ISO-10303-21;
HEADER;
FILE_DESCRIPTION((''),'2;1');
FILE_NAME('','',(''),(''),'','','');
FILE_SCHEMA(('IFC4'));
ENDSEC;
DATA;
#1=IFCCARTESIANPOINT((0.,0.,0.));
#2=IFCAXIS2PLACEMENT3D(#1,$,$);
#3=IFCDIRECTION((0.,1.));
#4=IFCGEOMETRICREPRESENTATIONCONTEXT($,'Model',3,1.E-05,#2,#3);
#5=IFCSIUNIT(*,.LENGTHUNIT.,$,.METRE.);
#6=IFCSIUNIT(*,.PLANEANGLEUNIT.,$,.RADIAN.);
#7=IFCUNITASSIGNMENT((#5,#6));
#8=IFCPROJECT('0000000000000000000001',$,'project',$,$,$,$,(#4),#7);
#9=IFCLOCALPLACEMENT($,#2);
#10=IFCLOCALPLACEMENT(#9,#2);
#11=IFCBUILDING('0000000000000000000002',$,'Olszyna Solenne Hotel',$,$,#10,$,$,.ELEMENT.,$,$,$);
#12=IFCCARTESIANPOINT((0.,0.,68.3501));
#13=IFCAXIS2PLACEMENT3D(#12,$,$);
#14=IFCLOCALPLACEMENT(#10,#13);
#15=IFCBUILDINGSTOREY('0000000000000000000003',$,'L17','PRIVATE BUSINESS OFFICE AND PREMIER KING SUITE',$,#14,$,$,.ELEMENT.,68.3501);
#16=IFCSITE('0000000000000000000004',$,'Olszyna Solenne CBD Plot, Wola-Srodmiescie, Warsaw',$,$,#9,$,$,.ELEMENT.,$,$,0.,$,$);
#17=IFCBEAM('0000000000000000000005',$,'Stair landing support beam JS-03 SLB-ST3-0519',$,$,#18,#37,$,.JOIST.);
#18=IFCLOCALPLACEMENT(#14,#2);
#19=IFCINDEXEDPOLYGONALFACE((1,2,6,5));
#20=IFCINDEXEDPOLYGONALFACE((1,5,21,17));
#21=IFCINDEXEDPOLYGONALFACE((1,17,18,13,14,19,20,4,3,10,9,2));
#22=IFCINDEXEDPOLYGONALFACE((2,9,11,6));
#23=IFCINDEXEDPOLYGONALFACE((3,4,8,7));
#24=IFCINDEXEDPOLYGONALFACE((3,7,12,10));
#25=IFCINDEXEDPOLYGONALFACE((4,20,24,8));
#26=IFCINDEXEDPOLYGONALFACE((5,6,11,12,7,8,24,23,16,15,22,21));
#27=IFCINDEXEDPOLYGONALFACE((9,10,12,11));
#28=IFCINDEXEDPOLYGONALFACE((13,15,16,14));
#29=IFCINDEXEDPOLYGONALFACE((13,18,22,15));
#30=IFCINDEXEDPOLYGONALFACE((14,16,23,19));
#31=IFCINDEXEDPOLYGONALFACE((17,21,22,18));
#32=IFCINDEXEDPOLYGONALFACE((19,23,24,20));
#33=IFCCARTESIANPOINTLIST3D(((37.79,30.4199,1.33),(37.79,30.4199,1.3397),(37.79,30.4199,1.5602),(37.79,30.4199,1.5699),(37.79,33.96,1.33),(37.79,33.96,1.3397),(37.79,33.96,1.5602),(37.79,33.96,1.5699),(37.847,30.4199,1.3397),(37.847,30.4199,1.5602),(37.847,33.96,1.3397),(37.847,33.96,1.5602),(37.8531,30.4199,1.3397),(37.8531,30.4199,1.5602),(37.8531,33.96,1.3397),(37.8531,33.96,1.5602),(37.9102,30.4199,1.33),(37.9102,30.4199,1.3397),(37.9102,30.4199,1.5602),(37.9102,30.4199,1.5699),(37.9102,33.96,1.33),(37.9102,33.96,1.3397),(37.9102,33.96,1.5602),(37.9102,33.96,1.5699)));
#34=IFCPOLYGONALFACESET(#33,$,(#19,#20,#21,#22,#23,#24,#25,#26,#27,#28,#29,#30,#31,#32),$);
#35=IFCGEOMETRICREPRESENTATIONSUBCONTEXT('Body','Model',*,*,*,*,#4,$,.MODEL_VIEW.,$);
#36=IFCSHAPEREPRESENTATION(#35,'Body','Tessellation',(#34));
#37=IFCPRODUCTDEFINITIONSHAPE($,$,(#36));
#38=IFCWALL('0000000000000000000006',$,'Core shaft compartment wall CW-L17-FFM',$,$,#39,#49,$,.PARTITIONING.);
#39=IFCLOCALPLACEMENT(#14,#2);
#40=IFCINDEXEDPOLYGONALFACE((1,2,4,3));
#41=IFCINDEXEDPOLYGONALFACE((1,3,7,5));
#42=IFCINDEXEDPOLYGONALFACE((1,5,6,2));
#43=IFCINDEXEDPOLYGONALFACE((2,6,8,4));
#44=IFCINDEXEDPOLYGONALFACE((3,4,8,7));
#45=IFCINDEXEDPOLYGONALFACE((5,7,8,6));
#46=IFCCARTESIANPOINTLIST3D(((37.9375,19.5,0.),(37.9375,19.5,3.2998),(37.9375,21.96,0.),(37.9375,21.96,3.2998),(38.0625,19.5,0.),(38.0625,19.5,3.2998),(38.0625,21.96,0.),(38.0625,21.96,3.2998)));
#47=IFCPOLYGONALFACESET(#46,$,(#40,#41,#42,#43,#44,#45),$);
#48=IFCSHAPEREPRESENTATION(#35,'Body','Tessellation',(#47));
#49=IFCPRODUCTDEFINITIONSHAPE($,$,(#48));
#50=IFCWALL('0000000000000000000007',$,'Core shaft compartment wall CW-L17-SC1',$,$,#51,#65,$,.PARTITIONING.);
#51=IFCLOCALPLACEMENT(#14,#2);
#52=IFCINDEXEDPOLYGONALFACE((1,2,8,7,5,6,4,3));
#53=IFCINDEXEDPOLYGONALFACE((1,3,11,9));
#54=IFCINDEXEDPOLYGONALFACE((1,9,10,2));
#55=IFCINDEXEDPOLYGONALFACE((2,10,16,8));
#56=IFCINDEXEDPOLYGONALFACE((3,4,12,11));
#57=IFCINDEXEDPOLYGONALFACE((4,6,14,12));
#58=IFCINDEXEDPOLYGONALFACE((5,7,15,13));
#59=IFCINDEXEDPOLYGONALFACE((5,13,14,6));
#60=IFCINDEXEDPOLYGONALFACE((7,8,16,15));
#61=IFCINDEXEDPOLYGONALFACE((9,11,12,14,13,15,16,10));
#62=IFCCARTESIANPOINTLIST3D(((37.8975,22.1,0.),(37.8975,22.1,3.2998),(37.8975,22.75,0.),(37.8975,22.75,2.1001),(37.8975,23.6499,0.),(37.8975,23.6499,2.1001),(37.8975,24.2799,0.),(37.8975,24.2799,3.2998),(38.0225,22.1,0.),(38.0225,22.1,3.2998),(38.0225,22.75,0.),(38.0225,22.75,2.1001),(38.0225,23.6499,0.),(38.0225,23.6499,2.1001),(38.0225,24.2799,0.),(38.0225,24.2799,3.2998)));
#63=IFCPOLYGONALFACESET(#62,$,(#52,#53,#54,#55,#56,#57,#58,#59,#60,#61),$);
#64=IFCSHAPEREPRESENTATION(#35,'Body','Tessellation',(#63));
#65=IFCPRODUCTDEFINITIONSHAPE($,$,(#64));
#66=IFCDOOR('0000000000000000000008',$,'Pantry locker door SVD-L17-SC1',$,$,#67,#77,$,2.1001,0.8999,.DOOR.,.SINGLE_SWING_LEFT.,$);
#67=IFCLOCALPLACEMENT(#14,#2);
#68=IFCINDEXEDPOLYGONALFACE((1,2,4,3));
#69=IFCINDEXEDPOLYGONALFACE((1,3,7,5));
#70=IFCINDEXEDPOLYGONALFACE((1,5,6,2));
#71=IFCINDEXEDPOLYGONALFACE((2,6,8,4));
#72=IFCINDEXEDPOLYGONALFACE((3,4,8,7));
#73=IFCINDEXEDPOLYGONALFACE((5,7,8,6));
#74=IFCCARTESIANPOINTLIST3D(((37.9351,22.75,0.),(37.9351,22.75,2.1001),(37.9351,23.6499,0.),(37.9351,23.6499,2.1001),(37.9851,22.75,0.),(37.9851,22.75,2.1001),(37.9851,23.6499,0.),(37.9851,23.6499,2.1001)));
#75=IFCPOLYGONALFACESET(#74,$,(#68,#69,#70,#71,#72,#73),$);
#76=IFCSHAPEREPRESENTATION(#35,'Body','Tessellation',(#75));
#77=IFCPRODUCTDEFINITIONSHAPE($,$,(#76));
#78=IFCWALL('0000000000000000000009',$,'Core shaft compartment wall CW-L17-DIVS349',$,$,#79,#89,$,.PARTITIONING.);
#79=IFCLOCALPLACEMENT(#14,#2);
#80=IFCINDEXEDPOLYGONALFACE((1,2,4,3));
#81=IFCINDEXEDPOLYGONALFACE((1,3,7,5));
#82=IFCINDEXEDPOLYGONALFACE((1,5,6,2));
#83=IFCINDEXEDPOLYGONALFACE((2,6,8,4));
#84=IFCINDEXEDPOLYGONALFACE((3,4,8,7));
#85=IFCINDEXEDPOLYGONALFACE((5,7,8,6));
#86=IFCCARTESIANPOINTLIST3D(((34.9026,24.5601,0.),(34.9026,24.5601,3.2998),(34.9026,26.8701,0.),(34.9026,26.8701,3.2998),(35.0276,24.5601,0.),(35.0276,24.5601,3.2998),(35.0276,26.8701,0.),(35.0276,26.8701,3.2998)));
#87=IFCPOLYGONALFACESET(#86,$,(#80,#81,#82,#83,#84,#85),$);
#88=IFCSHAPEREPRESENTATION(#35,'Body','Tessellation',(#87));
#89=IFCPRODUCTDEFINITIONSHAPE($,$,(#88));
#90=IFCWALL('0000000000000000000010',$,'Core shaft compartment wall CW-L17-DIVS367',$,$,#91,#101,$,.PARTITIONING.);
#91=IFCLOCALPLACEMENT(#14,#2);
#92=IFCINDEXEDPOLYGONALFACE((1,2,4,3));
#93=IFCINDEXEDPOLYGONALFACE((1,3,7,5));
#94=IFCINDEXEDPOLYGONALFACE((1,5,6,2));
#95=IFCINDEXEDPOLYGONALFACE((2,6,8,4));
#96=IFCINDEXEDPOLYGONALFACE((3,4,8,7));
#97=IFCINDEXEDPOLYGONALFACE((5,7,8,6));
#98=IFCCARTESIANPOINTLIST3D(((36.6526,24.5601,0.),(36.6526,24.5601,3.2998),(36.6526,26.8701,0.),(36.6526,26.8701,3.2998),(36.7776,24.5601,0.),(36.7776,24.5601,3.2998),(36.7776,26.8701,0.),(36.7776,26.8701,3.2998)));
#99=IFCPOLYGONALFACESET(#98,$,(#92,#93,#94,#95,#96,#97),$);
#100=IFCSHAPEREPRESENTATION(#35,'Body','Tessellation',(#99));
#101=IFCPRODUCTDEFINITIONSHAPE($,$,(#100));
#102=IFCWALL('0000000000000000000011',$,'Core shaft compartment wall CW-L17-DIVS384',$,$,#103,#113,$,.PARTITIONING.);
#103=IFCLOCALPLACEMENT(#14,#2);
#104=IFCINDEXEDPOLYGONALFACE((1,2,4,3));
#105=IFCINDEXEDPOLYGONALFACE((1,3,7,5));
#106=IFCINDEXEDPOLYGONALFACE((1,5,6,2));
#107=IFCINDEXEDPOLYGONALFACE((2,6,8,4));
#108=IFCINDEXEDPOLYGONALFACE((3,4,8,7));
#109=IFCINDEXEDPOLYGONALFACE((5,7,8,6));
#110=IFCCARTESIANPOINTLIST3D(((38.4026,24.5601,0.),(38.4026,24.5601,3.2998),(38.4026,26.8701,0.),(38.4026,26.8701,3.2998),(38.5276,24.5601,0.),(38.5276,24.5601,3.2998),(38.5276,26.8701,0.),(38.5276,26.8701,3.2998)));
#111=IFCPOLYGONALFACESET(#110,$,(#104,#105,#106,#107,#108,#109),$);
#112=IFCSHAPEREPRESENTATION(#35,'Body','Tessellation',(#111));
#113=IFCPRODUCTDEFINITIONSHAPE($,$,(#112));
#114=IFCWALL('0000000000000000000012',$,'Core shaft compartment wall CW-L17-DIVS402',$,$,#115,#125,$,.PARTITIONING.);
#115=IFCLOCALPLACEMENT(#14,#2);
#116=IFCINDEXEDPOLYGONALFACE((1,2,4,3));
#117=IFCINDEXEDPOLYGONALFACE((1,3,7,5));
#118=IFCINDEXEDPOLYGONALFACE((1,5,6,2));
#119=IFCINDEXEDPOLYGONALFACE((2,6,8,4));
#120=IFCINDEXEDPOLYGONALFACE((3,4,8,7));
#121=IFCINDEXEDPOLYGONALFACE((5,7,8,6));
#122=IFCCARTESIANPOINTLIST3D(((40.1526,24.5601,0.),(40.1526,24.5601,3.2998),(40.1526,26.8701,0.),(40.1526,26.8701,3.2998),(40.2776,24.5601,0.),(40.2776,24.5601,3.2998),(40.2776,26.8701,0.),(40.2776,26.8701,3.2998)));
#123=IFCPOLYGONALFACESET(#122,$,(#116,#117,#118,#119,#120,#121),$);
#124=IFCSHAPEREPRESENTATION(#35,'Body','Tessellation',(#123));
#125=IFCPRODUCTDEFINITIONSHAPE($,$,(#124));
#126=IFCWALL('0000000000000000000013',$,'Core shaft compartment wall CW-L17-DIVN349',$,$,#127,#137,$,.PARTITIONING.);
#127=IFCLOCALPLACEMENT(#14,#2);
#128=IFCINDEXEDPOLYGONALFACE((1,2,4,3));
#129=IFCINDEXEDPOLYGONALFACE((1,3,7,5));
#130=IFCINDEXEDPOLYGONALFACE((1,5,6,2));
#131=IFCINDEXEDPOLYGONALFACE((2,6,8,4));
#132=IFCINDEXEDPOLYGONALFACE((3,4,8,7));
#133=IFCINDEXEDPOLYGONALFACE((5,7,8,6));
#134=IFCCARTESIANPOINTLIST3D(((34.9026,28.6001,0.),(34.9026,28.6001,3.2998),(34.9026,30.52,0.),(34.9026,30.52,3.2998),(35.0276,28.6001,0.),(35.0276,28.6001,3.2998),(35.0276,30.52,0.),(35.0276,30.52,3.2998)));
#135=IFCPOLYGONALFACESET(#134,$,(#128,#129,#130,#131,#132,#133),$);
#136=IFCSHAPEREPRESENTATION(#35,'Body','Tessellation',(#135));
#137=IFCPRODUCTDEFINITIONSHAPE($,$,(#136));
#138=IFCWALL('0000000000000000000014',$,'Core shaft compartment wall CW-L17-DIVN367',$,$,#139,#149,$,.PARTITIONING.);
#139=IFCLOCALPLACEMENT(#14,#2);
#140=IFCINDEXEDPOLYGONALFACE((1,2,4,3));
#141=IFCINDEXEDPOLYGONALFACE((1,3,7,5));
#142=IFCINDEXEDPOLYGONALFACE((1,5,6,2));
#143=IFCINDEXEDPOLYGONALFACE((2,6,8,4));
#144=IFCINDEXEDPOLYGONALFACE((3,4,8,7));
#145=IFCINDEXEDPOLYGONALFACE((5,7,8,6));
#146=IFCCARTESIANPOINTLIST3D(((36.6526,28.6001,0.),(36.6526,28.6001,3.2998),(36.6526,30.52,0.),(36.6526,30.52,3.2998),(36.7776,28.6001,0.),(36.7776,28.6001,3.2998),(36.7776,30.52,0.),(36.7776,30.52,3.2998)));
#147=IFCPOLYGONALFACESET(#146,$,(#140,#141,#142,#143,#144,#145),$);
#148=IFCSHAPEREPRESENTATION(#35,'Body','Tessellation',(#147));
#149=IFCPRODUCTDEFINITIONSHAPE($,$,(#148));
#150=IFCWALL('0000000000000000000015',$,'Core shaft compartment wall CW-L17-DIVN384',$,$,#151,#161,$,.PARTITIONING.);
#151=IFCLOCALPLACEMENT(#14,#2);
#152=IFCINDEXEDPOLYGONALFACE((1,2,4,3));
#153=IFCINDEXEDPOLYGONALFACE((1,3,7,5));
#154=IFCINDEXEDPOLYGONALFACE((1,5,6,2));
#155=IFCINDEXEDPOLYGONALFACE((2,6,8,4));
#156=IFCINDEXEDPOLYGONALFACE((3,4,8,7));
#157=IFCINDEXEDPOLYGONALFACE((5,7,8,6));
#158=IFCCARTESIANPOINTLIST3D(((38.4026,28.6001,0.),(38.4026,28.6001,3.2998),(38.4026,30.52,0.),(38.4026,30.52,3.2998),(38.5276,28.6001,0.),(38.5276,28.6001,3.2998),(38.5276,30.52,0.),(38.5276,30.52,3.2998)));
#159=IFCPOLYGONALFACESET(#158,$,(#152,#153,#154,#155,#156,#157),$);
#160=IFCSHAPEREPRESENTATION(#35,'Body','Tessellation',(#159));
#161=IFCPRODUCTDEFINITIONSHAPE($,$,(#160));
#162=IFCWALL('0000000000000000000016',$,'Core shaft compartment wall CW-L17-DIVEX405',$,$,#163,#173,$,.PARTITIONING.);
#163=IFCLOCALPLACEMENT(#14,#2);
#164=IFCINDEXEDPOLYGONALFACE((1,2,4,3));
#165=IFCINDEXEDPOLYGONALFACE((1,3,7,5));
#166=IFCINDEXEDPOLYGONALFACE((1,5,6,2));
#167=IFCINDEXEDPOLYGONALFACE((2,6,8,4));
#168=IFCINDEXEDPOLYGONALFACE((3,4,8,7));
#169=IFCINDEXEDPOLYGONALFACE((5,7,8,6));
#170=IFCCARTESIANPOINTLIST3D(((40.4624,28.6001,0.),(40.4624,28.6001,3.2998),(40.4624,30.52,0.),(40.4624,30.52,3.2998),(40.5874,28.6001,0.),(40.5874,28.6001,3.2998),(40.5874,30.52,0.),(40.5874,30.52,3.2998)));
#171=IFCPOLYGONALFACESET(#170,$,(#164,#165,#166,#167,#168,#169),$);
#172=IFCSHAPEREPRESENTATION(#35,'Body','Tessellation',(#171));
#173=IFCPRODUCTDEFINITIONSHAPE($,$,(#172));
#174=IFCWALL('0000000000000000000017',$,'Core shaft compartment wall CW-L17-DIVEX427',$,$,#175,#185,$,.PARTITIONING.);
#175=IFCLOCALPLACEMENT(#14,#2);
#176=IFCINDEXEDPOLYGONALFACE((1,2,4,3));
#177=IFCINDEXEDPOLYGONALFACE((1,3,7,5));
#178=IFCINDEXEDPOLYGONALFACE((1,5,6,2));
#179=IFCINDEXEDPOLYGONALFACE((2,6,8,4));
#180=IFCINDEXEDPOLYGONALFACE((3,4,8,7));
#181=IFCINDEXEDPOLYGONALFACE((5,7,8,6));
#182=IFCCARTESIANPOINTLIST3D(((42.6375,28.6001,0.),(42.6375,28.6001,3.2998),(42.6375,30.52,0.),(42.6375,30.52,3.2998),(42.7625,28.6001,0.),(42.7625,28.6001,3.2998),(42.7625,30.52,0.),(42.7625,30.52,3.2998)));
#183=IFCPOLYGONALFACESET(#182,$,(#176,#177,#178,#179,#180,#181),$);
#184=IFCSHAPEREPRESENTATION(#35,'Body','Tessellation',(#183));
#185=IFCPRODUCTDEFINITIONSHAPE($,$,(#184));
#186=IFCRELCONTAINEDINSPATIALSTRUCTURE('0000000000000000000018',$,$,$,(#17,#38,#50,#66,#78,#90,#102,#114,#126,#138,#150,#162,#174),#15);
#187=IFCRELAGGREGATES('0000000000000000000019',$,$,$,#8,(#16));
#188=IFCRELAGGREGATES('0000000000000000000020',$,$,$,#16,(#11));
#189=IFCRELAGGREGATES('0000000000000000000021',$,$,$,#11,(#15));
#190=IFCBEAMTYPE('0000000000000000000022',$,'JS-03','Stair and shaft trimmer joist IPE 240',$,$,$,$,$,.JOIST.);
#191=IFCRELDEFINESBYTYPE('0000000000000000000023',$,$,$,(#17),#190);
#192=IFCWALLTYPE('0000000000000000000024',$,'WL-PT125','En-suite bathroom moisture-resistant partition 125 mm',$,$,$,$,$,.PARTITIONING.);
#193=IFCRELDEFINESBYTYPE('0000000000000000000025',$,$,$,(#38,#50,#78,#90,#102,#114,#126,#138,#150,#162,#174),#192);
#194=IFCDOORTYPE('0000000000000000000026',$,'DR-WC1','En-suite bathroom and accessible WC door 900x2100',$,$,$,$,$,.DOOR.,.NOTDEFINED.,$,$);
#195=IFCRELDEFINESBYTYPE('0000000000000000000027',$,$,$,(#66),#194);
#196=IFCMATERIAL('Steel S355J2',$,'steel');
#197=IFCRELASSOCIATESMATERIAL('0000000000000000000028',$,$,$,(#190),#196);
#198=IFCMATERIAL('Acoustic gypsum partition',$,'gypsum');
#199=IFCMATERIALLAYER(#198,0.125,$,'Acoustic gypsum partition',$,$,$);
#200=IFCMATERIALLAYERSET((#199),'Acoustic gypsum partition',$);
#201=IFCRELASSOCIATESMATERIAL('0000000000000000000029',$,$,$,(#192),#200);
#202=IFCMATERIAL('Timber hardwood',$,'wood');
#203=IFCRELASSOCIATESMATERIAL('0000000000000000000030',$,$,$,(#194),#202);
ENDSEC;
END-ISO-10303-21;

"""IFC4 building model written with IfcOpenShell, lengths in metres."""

from ifc_helpers import new_model, si_unit, direction, frame, frame_2d, origin, origin_2d, place, context, subcontext, project, spatial, rectangle, i_section, extrude, source, transform, mapped, material, layer, layer_set, material_profile, profile_set, type_object, type_shapes, element, fill, save


model = new_model("IFC4")

# Units and contexts
model_context = context("Model", 3, precision=1e-05, world=origin(), true_north=direction((0.0, 1.0)))
body_context = subcontext(model_context, "Body", "Model", "MODEL_VIEW")
ifc_project = project(units=[si_unit("LENGTHUNIT", "METRE"), si_unit("PLANEANGLEUNIT", "RADIAN")], contexts=[model_context])

# Site, building, storey
site_placement = place(None, origin())
site = spatial("IfcSite", under=ifc_project, at=site_placement, Name="Olszyna Solenne CBD Plot, Wola-Srodmiescie, Warsaw", CompositionType="ELEMENT", RefElevation=0.0)
building_placement = place(site_placement, origin())
building = spatial("IfcBuilding", under=site, at=building_placement, Name="Olszyna Solenne Hotel", CompositionType="ELEMENT")
storey_placement = place(building_placement, frame((0.0, 0.0, 68.3501)))
storey = spatial("IfcBuildingStorey", under=building, at=storey_placement, Name="L17", Description="PRIVATE BUSINESS OFFICE AND PREMIER KING SUITE", CompositionType="ELEMENT", Elevation=68.3501)

# Beam
ifc_material_1 = material(Name="Steel S355J2", Category="steel")
ifc_material_profile = material_profile(ifc_material_1, i_section(OverallWidth=0.1201, OverallDepth=0.24, WebThickness=0.0061, FlangeThickness=0.0098, at=origin_2d()), Name="IPE 240", Category="load-bearing")
ifc_profile_set = profile_set([ifc_material_profile], Name="Steel S355J2")
beam_type = type_object("IfcBeamType", Name="JS-03", Description="Stair and shaft trimmer joist IPE 240", PredefinedType="JOIST", material=ifc_profile_set)
shared_shape_1 = source(origin(), body_context, "Body", "SweptSolid", [
    extrude(i_section(OverallWidth=0.1201, OverallDepth=0.24, WebThickness=0.0061, FlangeThickness=0.0098, at=origin_2d()), origin(), (0.0, 0.0, 1.0), 3.54),
])
beam_placement = place(storey_placement, frame((37.8501, 30.4199, 1.45), z_axis=(0.0, 1.0, 0.0), x_axis=(-1.0, 0.0, 0.0)))
element("IfcBeam", 1, at=beam_placement, inside=storey, type_object=beam_type, Name="Stair landing support beam JS-03 SLB-ST3-0519", PredefinedType="JOIST", context=body_context, shape_type="MappedRepresentation", body=[
    mapped(shared_shape_1, transform((0.0, 0.0, 0.0), x_axis=(1.0, 0.0, 0.0), y_axis=(0.0, 1.0, 0.0), z_axis=(0.0, 0.0, 1.0), scale=1.0)),
])

# Wall
ifc_material_2 = material(Name="Acoustic gypsum partition", Category="gypsum")
ifc_layer_1 = layer(ifc_material_2, 0.125, Name="Acoustic gypsum partition")
ifc_layer_set_1 = layer_set([ifc_layer_1], Name="Acoustic gypsum partition")
wall_type_1 = type_object("IfcWallType", Name="WL-PT125", Description="En-suite bathroom moisture-resistant partition 125 mm", PredefinedType="PARTITIONING", material=ifc_layer_set_1)
wall_1_placement = place(storey_placement, frame((38.0, 19.5, 0.0), z_axis=(0.0, 0.0, 1.0), x_axis=(0.0, 1.0, 0.0)))
element("IfcWall", 2, at=wall_1_placement, inside=storey, type_object=wall_type_1, Name="Core shaft compartment wall CW-L17-FFM", PredefinedType="PARTITIONING", context=body_context, shape_type="SweptSolid", body=[
    extrude(rectangle(XDim=2.46, YDim=0.125, at=frame_2d((1.23, 0.0))), origin(), (0.0, 0.0, 1.0), 3.2998),
])

# Wall, opening, door
wall_2_placement = place(storey_placement, frame((37.96, 22.1001, 0.0), z_axis=(0.0, 0.0, 1.0), x_axis=(0.0, 1.0, 0.0)))
wall_2 = element("IfcWall", 3, at=wall_2_placement, inside=storey, type_object=wall_type_1, Name="Core shaft compartment wall CW-L17-SC1", PredefinedType="PARTITIONING", context=body_context, shape_type="SweptSolid", body=[
    extrude(rectangle(XDim=2.1799, YDim=0.125, at=frame_2d((1.0898, 0.0))), origin(), (0.0, 0.0, 1.0), 3.2998),
])
opening_1_placement = place(wall_2_placement, frame((0.6499, 0.0, 0.0)))
opening_1 = element("IfcOpeningElement", 4, at=opening_1_placement, cuts=wall_2, PredefinedType="OPENING", context=body_context, shape_type="SweptSolid", body=[
    extrude(rectangle(XDim=0.8999, YDim=2.1001, at=frame_2d((0.45, 1.05))), frame((0.0, 0.0725, 0.0), z_axis=(0.0, -1.0, 0.0), x_axis=(1.0, 0.0, 0.0)), (0.0, 0.0, 1.0), 0.145),
])
ifc_material_3 = material(Name="Timber hardwood", Category="wood")
door_type_1 = type_object("IfcDoorType", Name="DR-WC1", Description="En-suite bathroom and accessible WC door 900x2100", OperationType="NOTDEFINED", PredefinedType="DOOR", material=ifc_material_3)
shared_shape_2 = source(origin(), body_context, "Body", "SweptSolid", [
    extrude(rectangle(XDim=0.8999, YDim=2.1001, at=frame_2d((0.45, 1.05))), frame((0.0, 0.0249, 0.0), z_axis=(0.0, -1.0, 0.0), x_axis=(1.0, 0.0, 0.0)), (0.0, 0.0, 1.0), 0.05),
])
type_shapes(door_type_1, [shared_shape_2])
door_1_placement = place(opening_1_placement, origin())
door_1 = element("IfcDoor", 5, at=door_1_placement, inside=storey, type_object=door_type_1, Name="Pantry locker door SVD-L17-SC1", OperationType="SINGLE_SWING_LEFT", OverallHeight=2.1001, OverallWidth=0.8999, PredefinedType="DOOR", context=body_context, shape_type="MappedRepresentation", body=[
    mapped(shared_shape_2, transform((0.0, 0.0, 0.0), x_axis=(1.0, 0.0, 0.0), y_axis=(0.0, 1.0, 0.0), z_axis=(0.0, 0.0, 1.0), scale=1.0)),
])
fill(opening_1, door_1)

# Walls
for number, where, z_axis, x_axis, name in (
    (6, (34.9651, 24.5601, 0.0), (0.0, 0.0, 1.0), (0.0, 1.0, 0.0), "Core shaft compartment wall CW-L17-DIVS349"),
    (7, (36.7151, 24.5601, 0.0), (0.0, 0.0, 1.0), (0.0, 1.0, 0.0), "Core shaft compartment wall CW-L17-DIVS367"),
    (8, (38.4651, 24.5601, 0.0), (0.0, 0.0, 1.0), (0.0, 1.0, 0.0), "Core shaft compartment wall CW-L17-DIVS384"),
    (9, (40.2151, 24.5601, 0.0), (0.0, 0.0, 1.0), (0.0, 1.0, 0.0), "Core shaft compartment wall CW-L17-DIVS402"),
):
    element("IfcWall", number, at=place(storey_placement, frame(where, z_axis=z_axis, x_axis=x_axis)), inside=storey, type_object=wall_type_1, Name=name, PredefinedType="PARTITIONING", context=body_context, shape_type="SweptSolid", body=[
        extrude(rectangle(XDim=2.3101, YDim=0.125, at=frame_2d((1.155, 0.0))), origin(), (0.0, 0.0, 1.0), 3.2998),
    ])
for number, where, z_axis, x_axis, name in (
    (10, (34.9651, 28.6001, 0.0), (0.0, 0.0, 1.0), (0.0, 1.0, 0.0), "Core shaft compartment wall CW-L17-DIVN349"),
    (11, (36.7151, 28.6001, 0.0), (0.0, 0.0, 1.0), (0.0, 1.0, 0.0), "Core shaft compartment wall CW-L17-DIVN367"),
    (12, (38.4651, 28.6001, 0.0), (0.0, 0.0, 1.0), (0.0, 1.0, 0.0), "Core shaft compartment wall CW-L17-DIVN384"),
    (13, (40.5249, 28.6001, 0.0), (0.0, 0.0, 1.0), (0.0, 1.0, 0.0), "Core shaft compartment wall CW-L17-DIVEX405"),
    (14, (42.7, 28.6001, 0.0), (0.0, 0.0, 1.0), (0.0, 1.0, 0.0), "Core shaft compartment wall CW-L17-DIVEX427"),
):
    element("IfcWall", number, at=place(storey_placement, frame(where, z_axis=z_axis, x_axis=x_axis)), inside=storey, type_object=wall_type_1, Name=name, PredefinedType="PARTITIONING", context=body_context, shape_type="SweptSolid", body=[
        extrude(rectangle(XDim=1.9199, YDim=0.125, at=frame_2d((0.96, 0.0))), origin(), (0.0, 0.0, 1.0), 3.2998),
    ])

save(model, "model.ifc")
